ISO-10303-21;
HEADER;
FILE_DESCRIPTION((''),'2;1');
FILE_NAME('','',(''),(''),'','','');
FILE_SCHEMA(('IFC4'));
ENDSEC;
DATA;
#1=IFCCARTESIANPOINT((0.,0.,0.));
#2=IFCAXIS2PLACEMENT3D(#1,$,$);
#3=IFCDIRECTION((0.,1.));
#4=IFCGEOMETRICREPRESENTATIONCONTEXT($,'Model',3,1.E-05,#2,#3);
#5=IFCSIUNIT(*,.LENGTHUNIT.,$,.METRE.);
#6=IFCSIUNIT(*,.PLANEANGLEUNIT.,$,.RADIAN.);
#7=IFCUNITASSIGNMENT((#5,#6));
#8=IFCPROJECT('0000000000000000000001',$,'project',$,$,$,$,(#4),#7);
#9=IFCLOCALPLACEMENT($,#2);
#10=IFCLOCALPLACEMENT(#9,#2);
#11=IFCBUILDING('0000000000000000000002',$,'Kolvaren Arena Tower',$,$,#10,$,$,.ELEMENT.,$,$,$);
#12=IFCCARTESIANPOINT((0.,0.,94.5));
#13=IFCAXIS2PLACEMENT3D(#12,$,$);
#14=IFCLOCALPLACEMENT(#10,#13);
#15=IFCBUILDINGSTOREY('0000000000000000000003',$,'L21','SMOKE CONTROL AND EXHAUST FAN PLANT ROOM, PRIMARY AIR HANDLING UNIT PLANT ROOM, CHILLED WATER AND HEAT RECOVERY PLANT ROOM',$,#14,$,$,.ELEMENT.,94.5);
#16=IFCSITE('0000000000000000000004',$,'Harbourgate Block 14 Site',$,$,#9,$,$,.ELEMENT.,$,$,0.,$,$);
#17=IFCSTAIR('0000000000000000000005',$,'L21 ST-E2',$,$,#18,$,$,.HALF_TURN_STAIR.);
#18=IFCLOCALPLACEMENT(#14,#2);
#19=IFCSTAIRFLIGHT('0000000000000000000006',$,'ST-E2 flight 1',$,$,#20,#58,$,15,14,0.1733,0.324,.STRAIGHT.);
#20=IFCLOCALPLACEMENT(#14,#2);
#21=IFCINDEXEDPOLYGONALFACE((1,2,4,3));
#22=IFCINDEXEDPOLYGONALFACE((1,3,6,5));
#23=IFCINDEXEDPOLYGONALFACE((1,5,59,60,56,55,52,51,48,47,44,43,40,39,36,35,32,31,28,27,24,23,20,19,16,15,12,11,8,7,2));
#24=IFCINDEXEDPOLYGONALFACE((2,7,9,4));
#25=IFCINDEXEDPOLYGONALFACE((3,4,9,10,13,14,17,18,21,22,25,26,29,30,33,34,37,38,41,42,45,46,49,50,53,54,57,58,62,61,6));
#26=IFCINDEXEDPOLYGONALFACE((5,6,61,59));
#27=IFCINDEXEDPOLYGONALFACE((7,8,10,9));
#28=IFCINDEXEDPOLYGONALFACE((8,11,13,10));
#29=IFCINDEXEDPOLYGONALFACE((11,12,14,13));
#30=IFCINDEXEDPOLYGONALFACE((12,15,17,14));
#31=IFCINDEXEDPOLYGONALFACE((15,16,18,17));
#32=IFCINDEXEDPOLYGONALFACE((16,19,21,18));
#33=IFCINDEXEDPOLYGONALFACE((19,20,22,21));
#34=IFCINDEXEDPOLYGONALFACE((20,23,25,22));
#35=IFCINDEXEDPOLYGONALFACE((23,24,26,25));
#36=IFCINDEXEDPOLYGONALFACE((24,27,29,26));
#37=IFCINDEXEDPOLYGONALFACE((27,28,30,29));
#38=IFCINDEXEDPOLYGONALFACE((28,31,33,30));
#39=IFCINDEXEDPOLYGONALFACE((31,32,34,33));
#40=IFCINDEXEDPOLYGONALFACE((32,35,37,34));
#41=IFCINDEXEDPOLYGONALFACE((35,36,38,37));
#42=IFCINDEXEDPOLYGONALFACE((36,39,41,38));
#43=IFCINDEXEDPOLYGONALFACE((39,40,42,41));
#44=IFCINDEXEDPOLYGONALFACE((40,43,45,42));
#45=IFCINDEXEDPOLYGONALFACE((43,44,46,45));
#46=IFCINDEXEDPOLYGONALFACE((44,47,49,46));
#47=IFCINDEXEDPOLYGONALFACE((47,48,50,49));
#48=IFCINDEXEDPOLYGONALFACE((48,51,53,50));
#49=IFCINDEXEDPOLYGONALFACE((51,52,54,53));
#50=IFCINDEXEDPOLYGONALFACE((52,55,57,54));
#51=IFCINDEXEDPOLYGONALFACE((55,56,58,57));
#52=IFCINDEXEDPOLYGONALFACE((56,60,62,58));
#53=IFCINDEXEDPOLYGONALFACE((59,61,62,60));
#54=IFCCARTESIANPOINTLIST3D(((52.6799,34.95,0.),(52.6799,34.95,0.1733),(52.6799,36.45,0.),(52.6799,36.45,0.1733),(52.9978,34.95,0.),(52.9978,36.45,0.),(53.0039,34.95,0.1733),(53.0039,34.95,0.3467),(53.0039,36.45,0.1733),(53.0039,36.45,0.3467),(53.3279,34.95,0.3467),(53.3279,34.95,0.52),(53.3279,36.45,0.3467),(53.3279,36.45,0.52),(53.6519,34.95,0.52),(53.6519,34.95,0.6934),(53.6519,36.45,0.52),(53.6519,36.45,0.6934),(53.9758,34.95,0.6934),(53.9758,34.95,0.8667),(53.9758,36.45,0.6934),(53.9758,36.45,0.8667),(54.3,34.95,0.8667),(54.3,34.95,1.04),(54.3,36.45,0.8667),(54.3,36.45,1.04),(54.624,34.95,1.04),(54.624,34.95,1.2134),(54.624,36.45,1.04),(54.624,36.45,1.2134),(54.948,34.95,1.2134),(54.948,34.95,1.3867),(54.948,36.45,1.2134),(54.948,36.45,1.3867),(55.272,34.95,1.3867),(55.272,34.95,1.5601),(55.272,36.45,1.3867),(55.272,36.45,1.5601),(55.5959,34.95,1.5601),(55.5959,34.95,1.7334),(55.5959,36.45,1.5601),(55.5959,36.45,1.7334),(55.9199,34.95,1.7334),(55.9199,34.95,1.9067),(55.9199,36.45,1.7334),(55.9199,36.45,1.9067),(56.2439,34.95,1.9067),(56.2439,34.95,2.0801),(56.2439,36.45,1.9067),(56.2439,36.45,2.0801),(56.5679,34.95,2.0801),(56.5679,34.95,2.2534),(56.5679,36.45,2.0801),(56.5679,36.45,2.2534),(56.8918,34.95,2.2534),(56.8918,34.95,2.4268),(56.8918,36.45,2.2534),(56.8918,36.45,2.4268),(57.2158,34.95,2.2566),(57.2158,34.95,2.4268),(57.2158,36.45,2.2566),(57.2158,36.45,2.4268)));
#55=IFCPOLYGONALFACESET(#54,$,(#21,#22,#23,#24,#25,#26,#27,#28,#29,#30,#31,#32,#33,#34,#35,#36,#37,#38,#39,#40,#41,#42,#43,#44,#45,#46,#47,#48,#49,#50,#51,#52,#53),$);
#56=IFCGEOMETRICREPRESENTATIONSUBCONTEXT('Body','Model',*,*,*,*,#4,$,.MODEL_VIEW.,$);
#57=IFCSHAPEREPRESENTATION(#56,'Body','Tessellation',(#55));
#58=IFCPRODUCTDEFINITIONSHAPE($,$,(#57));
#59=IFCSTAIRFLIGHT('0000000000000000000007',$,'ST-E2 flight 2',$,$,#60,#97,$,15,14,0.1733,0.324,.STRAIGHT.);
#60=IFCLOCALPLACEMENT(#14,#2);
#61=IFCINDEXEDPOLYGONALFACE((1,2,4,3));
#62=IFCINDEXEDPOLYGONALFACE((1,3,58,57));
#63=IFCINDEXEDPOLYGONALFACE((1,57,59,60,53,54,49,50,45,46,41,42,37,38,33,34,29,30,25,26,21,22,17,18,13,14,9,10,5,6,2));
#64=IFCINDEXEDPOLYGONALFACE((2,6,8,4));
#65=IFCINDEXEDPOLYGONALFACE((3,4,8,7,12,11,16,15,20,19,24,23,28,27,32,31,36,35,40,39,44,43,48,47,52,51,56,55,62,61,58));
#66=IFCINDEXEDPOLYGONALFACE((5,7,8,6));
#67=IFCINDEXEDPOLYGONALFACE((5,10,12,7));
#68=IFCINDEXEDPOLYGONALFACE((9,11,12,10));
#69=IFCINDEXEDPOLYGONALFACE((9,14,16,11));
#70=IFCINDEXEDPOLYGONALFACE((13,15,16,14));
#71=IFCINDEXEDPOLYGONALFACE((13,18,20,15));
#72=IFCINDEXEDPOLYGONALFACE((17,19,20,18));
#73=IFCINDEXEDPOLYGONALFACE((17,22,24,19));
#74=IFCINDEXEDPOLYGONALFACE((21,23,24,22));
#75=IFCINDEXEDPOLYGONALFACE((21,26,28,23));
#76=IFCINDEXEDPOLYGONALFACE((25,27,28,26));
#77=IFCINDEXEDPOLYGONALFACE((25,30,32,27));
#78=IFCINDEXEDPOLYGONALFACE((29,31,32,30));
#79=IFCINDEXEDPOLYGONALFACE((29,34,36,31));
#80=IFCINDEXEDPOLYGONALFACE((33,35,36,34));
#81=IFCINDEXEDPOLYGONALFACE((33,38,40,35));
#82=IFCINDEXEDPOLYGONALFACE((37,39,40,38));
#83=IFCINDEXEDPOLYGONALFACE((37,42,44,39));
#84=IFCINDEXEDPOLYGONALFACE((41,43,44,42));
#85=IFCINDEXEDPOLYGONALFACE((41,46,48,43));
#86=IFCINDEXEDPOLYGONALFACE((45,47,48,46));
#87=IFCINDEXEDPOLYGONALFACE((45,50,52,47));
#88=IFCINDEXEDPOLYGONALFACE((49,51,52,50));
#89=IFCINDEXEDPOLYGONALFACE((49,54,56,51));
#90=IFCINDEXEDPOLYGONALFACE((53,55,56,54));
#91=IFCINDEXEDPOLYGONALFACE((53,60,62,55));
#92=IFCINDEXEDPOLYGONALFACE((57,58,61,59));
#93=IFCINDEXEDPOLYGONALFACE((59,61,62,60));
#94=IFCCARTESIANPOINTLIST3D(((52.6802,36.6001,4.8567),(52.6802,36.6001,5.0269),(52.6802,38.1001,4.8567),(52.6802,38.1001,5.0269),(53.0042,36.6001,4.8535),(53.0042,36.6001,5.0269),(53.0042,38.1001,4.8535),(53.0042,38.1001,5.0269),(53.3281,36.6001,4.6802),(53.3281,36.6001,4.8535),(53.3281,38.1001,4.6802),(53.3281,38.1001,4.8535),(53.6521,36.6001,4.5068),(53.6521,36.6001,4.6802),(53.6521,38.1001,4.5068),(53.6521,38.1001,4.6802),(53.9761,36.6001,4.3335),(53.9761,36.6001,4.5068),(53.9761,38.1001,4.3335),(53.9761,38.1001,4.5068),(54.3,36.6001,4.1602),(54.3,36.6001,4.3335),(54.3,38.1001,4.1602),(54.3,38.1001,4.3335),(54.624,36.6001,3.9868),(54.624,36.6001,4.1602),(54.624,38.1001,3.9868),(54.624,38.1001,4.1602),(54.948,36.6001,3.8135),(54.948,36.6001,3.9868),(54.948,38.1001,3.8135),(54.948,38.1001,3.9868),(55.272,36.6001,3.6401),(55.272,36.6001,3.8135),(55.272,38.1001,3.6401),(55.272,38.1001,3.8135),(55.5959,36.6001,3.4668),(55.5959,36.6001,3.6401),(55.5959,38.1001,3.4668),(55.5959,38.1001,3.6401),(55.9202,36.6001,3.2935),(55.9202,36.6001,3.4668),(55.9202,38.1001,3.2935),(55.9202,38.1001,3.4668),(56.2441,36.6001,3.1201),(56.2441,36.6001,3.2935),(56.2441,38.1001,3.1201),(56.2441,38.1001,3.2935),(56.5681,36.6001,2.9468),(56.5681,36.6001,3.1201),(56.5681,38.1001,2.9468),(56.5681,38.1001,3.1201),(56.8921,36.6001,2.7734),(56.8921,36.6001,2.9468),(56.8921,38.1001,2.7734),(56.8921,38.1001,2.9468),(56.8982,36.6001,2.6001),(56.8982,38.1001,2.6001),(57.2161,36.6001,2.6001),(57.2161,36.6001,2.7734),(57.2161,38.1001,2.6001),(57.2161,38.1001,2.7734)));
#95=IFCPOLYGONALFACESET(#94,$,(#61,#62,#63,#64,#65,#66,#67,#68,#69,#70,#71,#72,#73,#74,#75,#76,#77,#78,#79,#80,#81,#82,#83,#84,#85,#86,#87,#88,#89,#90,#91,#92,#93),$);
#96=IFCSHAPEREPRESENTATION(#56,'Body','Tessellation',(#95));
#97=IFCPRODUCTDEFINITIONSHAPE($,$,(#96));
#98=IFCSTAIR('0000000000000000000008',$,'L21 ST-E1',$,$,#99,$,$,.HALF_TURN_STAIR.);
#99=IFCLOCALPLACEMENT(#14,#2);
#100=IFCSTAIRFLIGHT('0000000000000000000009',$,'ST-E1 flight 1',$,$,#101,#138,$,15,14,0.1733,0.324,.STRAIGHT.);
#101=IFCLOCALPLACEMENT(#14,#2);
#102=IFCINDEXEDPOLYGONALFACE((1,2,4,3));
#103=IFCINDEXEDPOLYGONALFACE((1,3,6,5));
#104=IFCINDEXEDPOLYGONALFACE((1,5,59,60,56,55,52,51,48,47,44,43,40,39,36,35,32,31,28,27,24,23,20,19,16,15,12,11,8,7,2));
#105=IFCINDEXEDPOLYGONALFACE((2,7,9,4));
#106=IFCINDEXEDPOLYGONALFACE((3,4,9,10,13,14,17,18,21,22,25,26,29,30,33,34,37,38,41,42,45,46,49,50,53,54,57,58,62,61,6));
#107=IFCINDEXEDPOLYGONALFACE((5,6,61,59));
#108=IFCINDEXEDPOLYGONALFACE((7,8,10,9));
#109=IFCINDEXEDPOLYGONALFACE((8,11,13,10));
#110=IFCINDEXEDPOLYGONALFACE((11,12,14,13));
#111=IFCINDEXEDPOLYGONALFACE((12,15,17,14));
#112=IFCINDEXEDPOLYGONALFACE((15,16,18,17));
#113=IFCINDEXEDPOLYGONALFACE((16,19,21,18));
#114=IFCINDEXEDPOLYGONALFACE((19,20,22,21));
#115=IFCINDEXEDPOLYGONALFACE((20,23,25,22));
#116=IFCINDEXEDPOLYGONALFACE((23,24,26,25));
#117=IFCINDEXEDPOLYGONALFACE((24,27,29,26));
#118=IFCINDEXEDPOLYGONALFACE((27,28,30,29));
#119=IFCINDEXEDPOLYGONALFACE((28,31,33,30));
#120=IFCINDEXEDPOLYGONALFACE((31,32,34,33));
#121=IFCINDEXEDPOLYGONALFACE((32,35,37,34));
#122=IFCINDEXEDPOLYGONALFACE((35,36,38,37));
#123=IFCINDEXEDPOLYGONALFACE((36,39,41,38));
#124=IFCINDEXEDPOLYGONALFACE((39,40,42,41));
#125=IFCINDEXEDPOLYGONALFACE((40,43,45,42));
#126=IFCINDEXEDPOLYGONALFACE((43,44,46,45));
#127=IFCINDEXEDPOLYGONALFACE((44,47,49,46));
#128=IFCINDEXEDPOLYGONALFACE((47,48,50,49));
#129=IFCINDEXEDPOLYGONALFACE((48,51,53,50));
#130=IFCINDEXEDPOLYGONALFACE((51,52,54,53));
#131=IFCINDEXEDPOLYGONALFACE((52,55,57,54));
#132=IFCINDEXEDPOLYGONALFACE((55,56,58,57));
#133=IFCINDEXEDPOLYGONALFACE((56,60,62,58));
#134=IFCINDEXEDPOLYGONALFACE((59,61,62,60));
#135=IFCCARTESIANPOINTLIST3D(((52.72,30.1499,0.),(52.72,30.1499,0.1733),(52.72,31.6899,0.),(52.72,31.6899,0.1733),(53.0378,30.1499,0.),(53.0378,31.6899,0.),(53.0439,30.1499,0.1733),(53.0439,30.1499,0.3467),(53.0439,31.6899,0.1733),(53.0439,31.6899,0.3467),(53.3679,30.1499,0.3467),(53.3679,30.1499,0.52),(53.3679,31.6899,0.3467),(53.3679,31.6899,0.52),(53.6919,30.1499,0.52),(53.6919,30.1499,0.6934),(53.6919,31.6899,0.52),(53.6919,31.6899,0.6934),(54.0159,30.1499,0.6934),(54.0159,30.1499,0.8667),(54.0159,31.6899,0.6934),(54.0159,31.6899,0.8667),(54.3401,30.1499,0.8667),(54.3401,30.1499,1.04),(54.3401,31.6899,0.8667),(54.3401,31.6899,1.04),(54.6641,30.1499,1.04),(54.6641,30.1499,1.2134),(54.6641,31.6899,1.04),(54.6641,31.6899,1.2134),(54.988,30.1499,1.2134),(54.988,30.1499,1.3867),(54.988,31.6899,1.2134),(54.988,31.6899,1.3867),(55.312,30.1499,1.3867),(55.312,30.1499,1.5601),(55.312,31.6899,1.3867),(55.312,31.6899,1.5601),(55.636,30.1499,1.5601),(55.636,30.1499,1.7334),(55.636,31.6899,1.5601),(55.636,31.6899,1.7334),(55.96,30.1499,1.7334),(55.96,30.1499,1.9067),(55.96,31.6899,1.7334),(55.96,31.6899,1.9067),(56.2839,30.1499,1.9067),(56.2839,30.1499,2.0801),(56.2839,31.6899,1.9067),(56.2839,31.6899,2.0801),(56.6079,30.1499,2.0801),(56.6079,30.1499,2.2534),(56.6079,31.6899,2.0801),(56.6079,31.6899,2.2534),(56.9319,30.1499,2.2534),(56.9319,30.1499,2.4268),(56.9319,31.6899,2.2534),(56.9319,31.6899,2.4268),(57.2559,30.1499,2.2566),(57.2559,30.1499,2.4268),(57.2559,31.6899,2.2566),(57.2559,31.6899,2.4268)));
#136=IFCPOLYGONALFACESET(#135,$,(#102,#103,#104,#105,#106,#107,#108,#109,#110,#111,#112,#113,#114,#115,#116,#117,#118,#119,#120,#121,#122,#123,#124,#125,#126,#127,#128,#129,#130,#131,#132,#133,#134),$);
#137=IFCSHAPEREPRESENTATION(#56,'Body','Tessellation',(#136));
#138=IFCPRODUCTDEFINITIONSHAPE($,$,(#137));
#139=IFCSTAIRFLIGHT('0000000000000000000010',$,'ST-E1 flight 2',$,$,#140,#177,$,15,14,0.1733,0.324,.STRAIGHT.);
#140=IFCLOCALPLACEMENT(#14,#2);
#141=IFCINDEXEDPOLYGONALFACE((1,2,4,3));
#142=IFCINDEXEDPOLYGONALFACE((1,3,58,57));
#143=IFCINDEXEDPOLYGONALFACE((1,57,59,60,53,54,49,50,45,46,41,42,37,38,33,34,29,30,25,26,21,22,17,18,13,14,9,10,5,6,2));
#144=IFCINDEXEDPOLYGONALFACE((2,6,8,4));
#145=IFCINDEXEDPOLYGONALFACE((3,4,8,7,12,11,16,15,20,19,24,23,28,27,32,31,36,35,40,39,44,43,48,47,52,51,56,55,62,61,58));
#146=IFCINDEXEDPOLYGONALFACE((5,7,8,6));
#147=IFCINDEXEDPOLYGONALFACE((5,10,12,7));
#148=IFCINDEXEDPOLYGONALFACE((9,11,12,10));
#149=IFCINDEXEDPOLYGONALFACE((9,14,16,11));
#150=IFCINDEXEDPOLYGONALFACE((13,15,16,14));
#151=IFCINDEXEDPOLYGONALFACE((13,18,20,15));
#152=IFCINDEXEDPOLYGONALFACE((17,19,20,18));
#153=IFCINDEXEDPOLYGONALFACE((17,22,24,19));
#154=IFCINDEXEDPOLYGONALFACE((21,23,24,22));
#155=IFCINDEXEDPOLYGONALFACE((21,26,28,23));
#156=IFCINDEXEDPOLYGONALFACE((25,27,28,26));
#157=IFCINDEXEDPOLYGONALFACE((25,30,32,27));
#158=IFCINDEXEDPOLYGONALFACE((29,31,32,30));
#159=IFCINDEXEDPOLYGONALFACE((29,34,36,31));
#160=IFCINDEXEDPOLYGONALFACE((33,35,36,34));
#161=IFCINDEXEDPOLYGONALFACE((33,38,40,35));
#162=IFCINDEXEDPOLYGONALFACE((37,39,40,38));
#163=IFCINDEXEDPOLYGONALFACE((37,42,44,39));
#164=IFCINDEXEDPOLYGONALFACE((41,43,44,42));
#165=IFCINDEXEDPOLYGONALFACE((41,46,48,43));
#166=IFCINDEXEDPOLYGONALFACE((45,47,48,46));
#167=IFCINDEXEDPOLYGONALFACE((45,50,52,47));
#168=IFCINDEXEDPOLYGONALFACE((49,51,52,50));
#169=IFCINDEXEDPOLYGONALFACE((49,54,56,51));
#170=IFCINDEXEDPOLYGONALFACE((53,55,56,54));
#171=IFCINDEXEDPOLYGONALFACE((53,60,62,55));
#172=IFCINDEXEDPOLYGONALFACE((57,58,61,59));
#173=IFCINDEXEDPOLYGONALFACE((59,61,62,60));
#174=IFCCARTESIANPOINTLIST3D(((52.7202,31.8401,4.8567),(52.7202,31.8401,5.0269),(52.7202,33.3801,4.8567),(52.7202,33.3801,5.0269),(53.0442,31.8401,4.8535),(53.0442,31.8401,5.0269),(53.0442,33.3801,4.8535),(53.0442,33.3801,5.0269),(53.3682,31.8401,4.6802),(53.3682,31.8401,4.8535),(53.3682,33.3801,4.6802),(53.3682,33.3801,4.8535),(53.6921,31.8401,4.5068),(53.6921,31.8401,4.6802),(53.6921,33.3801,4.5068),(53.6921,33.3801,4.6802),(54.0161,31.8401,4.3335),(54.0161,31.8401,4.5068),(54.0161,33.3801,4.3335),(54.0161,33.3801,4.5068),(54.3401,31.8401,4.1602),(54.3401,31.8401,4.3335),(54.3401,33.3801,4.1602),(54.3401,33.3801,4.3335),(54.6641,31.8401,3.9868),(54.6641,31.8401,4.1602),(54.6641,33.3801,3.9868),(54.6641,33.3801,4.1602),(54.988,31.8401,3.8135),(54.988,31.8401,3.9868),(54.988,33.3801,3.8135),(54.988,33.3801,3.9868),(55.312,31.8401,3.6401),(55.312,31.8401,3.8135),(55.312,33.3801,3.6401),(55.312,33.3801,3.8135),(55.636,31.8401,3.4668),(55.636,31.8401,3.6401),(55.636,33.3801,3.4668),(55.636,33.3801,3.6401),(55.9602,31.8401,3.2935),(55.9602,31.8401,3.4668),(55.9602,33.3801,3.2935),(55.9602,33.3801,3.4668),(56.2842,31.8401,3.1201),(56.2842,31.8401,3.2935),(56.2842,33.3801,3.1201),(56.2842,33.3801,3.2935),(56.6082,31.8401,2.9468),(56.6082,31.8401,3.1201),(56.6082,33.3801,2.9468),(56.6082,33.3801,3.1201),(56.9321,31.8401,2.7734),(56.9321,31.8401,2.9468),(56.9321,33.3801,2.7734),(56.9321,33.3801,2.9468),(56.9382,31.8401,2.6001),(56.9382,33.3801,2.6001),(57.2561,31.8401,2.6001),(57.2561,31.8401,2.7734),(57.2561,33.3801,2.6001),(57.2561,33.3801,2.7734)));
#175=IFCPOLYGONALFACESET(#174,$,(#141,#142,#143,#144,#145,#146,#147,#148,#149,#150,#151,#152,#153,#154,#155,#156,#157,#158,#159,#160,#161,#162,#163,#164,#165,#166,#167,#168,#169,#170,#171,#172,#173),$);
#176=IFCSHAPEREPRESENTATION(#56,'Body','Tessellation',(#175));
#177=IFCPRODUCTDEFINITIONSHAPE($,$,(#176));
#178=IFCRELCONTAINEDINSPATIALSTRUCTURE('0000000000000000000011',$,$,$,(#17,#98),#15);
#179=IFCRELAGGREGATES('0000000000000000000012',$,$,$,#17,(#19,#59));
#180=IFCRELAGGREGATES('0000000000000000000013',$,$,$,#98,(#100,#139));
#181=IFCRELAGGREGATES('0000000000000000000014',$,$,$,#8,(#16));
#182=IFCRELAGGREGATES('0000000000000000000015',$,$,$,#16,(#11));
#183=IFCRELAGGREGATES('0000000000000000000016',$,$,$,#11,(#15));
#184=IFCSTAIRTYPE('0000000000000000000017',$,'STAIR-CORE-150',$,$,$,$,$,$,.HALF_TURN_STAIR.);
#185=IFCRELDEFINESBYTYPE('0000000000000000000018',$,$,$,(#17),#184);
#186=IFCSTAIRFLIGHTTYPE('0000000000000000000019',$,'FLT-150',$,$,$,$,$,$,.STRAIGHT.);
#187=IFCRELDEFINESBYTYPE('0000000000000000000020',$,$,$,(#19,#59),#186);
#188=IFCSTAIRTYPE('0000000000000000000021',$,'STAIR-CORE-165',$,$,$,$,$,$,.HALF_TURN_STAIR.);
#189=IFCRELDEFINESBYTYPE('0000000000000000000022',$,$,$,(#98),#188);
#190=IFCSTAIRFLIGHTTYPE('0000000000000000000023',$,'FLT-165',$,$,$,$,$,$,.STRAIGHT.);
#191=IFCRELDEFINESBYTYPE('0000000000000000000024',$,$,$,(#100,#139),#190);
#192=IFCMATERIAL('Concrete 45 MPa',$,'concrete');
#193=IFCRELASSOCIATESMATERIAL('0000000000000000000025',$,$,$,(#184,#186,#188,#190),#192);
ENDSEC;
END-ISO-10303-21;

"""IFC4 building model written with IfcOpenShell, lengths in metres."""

from ifc_helpers import new_model, si_unit, direction, frame, origin, place, context, subcontext, project, spatial, polyline, outline, extrude, material, type_object, element, aggregate, save


model = new_model("IFC4")

# Units and contexts
model_context = context("Model", 3, precision=1e-05, world=origin(), true_north=direction((0.0, 1.0)))
body_context = subcontext(model_context, "Body", "Model", "MODEL_VIEW")
ifc_project = project(units=[si_unit("LENGTHUNIT", "METRE"), si_unit("PLANEANGLEUNIT", "RADIAN")], contexts=[model_context])

# Site, building, storey
site_placement = place(None, origin())
site = spatial("IfcSite", under=ifc_project, at=site_placement, Name="Harbourgate Block 14 Site", CompositionType="ELEMENT", RefElevation=0.0)
building_placement = place(site_placement, origin())
building = spatial("IfcBuilding", under=site, at=building_placement, Name="Kolvaren Arena Tower", CompositionType="ELEMENT")
storey_placement = place(building_placement, frame((0.0, 0.0, 94.5)))
storey = spatial("IfcBuildingStorey", under=building, at=storey_placement, Name="L21", Description="SMOKE CONTROL AND EXHAUST FAN PLANT ROOM, PRIMARY AIR HANDLING UNIT PLANT ROOM, CHILLED WATER AND HEAT RECOVERY PLANT ROOM", CompositionType="ELEMENT", Elevation=94.5)

# Shared definitions
ifc_material_1 = material(Name="Concrete 45 MPa", Category="concrete")

# Stairs, stair flights
stair_type_1 = type_object("IfcStairType", Name="STAIR-CORE-150", PredefinedType="HALF_TURN_STAIR", material=ifc_material_1)
stair_1_placement = place(storey_placement, origin())
stair_1 = element("IfcStair", 1, at=stair_1_placement, inside=storey, type_object=stair_type_1, Name="L21 ST-E2", PredefinedType="HALF_TURN_STAIR")
stair_flight_type_1 = type_object("IfcStairFlightType", Name="FLT-150", PredefinedType="STRAIGHT", material=ifc_material_1)
stair_flight_1_placement = place(storey_placement, frame((52.6799, 35.7, 0.0), z_axis=(0.0, 0.0, 1.0), x_axis=(1.0, 0.0, 0.0)))
stair_flight_1 = element("IfcStairFlight", 2, at=stair_flight_1_placement, type_object=stair_flight_type_1, Name="ST-E2 flight 1", NumberOfRisers=15, NumberOfTreads=14, PredefinedType="STRAIGHT", RiserHeight=0.1733, TreadLength=0.324, context=body_context, shape_type="SweptSolid", body=[
    extrude(outline(polyline([(0.0, 0.0), (0.0, 0.1733), (0.324, 0.1733), (0.324, 0.3467), (0.6479, 0.3467), (0.6479, 0.52), (0.9719, 0.52), (0.9719, 0.6934), (1.2959, 0.6934), (1.2959, 0.8667), (1.6201, 0.8667), (1.6201, 1.04), (1.9441, 1.04), (1.9441, 1.2134), (2.2681, 1.2134), (2.2681, 1.3867), (2.592, 1.3867), (2.592, 1.5601), (2.916, 1.5601), (2.916, 1.7334), (3.24, 1.7334), (3.24, 1.9067), (3.564, 1.9067), (3.564, 2.0801), (3.8879, 2.0801), (3.8879, 2.2534), (4.2119, 2.2534), (4.2119, 2.4268), (4.5359, 2.4268), (4.5359, 2.6001), (4.5359, 2.2566), (0.3179, 0.0), (0.0, 0.0)])), frame((0.0, 0.75, 0.0), z_axis=(0.0, -1.0, 0.0), x_axis=(1.0, 0.0, 0.0)), (0.0, 0.0, 1.0), 1.5),
])
stair_flight_2_placement = place(storey_placement, frame((57.2161, 37.3501, 2.6001), z_axis=(0.0, 0.0, 1.0), x_axis=(-1.0, 0.0, 0.0)))
stair_flight_2 = element("IfcStairFlight", 3, at=stair_flight_2_placement, type_object=stair_flight_type_1, Name="ST-E2 flight 2", NumberOfRisers=15, NumberOfTreads=14, PredefinedType="STRAIGHT", RiserHeight=0.1733, TreadLength=0.324, context=body_context, shape_type="SweptSolid", body=[
    extrude(outline(polyline([(0.0, 0.0), (0.0, 0.1733), (0.324, 0.1733), (0.324, 0.3467), (0.6479, 0.3467), (0.6479, 0.52), (0.9719, 0.52), (0.9719, 0.6934), (1.2959, 0.6934), (1.2959, 0.8667), (1.6201, 0.8667), (1.6201, 1.04), (1.9441, 1.04), (1.9441, 1.2134), (2.2681, 1.2134), (2.2681, 1.3867), (2.592, 1.3867), (2.592, 1.5601), (2.916, 1.5601), (2.916, 1.7334), (3.24, 1.7334), (3.24, 1.9067), (3.564, 1.9067), (3.564, 2.0801), (3.8879, 2.0801), (3.8879, 2.2534), (4.2119, 2.2534), (4.2119, 2.4268), (4.5359, 2.4268), (4.5359, 2.6001), (4.5359, 2.2566), (0.3179, 0.0), (0.0, 0.0)])), frame((0.0, 0.75, 0.0), z_axis=(0.0, -1.0, 0.0), x_axis=(1.0, 0.0, 0.0)), (0.0, 0.0, 1.0), 1.5),
])
aggregate(stair_1, [stair_flight_1, stair_flight_2])
stair_type_2 = type_object("IfcStairType", Name="STAIR-CORE-165", PredefinedType="HALF_TURN_STAIR", material=ifc_material_1)
stair_2_placement = place(storey_placement, origin())
stair_2 = element("IfcStair", 4, at=stair_2_placement, inside=storey, type_object=stair_type_2, Name="L21 ST-E1", PredefinedType="HALF_TURN_STAIR")
stair_flight_type_2 = type_object("IfcStairFlightType", Name="FLT-165", PredefinedType="STRAIGHT", material=ifc_material_1)
stair_flight_3_placement = place(storey_placement, frame((52.72, 30.9199, 0.0), z_axis=(0.0, 0.0, 1.0), x_axis=(1.0, 0.0, 0.0)))
stair_flight_3 = element("IfcStairFlight", 5, at=stair_flight_3_placement, type_object=stair_flight_type_2, Name="ST-E1 flight 1", NumberOfRisers=15, NumberOfTreads=14, PredefinedType="STRAIGHT", RiserHeight=0.1733, TreadLength=0.324, context=body_context, shape_type="SweptSolid", body=[
    extrude(outline(polyline([(0.0, 0.0), (0.0, 0.1733), (0.324, 0.1733), (0.324, 0.3467), (0.6479, 0.3467), (0.6479, 0.52), (0.9719, 0.52), (0.9719, 0.6934), (1.2959, 0.6934), (1.2959, 0.8667), (1.6201, 0.8667), (1.6201, 1.04), (1.9441, 1.04), (1.9441, 1.2134), (2.2681, 1.2134), (2.2681, 1.3867), (2.592, 1.3867), (2.592, 1.5601), (2.916, 1.5601), (2.916, 1.7334), (3.24, 1.7334), (3.24, 1.9067), (3.564, 1.9067), (3.564, 2.0801), (3.8879, 2.0801), (3.8879, 2.2534), (4.2119, 2.2534), (4.2119, 2.4268), (4.5359, 2.4268), (4.5359, 2.6001), (4.5359, 2.2566), (0.3179, 0.0), (0.0, 0.0)])), frame((0.0, 0.77, 0.0), z_axis=(0.0, -1.0, 0.0), x_axis=(1.0, 0.0, 0.0)), (0.0, 0.0, 1.0), 1.54),
])
stair_flight_4_placement = place(storey_placement, frame((57.2561, 32.6101, 2.6001), z_axis=(0.0, 0.0, 1.0), x_axis=(-1.0, 0.0, 0.0)))
stair_flight_4 = element("IfcStairFlight", 6, at=stair_flight_4_placement, type_object=stair_flight_type_2, Name="ST-E1 flight 2", NumberOfRisers=15, NumberOfTreads=14, PredefinedType="STRAIGHT", RiserHeight=0.1733, TreadLength=0.324, context=body_context, shape_type="SweptSolid", body=[
    extrude(outline(polyline([(0.0, 0.0), (0.0, 0.1733), (0.324, 0.1733), (0.324, 0.3467), (0.6479, 0.3467), (0.6479, 0.52), (0.9719, 0.52), (0.9719, 0.6934), (1.2959, 0.6934), (1.2959, 0.8667), (1.6201, 0.8667), (1.6201, 1.04), (1.9441, 1.04), (1.9441, 1.2134), (2.2681, 1.2134), (2.2681, 1.3867), (2.592, 1.3867), (2.592, 1.5601), (2.916, 1.5601), (2.916, 1.7334), (3.24, 1.7334), (3.24, 1.9067), (3.564, 1.9067), (3.564, 2.0801), (3.8879, 2.0801), (3.8879, 2.2534), (4.2119, 2.2534), (4.2119, 2.4268), (4.5359, 2.4268), (4.5359, 2.6001), (4.5359, 2.2566), (0.3179, 0.0), (0.0, 0.0)])), frame((0.0, 0.77, 0.0), z_axis=(0.0, -1.0, 0.0), x_axis=(1.0, 0.0, 0.0)), (0.0, 0.0, 1.0), 1.54),
])
aggregate(stair_2, [stair_flight_3, stair_flight_4])

save(model, "model.ifc")
